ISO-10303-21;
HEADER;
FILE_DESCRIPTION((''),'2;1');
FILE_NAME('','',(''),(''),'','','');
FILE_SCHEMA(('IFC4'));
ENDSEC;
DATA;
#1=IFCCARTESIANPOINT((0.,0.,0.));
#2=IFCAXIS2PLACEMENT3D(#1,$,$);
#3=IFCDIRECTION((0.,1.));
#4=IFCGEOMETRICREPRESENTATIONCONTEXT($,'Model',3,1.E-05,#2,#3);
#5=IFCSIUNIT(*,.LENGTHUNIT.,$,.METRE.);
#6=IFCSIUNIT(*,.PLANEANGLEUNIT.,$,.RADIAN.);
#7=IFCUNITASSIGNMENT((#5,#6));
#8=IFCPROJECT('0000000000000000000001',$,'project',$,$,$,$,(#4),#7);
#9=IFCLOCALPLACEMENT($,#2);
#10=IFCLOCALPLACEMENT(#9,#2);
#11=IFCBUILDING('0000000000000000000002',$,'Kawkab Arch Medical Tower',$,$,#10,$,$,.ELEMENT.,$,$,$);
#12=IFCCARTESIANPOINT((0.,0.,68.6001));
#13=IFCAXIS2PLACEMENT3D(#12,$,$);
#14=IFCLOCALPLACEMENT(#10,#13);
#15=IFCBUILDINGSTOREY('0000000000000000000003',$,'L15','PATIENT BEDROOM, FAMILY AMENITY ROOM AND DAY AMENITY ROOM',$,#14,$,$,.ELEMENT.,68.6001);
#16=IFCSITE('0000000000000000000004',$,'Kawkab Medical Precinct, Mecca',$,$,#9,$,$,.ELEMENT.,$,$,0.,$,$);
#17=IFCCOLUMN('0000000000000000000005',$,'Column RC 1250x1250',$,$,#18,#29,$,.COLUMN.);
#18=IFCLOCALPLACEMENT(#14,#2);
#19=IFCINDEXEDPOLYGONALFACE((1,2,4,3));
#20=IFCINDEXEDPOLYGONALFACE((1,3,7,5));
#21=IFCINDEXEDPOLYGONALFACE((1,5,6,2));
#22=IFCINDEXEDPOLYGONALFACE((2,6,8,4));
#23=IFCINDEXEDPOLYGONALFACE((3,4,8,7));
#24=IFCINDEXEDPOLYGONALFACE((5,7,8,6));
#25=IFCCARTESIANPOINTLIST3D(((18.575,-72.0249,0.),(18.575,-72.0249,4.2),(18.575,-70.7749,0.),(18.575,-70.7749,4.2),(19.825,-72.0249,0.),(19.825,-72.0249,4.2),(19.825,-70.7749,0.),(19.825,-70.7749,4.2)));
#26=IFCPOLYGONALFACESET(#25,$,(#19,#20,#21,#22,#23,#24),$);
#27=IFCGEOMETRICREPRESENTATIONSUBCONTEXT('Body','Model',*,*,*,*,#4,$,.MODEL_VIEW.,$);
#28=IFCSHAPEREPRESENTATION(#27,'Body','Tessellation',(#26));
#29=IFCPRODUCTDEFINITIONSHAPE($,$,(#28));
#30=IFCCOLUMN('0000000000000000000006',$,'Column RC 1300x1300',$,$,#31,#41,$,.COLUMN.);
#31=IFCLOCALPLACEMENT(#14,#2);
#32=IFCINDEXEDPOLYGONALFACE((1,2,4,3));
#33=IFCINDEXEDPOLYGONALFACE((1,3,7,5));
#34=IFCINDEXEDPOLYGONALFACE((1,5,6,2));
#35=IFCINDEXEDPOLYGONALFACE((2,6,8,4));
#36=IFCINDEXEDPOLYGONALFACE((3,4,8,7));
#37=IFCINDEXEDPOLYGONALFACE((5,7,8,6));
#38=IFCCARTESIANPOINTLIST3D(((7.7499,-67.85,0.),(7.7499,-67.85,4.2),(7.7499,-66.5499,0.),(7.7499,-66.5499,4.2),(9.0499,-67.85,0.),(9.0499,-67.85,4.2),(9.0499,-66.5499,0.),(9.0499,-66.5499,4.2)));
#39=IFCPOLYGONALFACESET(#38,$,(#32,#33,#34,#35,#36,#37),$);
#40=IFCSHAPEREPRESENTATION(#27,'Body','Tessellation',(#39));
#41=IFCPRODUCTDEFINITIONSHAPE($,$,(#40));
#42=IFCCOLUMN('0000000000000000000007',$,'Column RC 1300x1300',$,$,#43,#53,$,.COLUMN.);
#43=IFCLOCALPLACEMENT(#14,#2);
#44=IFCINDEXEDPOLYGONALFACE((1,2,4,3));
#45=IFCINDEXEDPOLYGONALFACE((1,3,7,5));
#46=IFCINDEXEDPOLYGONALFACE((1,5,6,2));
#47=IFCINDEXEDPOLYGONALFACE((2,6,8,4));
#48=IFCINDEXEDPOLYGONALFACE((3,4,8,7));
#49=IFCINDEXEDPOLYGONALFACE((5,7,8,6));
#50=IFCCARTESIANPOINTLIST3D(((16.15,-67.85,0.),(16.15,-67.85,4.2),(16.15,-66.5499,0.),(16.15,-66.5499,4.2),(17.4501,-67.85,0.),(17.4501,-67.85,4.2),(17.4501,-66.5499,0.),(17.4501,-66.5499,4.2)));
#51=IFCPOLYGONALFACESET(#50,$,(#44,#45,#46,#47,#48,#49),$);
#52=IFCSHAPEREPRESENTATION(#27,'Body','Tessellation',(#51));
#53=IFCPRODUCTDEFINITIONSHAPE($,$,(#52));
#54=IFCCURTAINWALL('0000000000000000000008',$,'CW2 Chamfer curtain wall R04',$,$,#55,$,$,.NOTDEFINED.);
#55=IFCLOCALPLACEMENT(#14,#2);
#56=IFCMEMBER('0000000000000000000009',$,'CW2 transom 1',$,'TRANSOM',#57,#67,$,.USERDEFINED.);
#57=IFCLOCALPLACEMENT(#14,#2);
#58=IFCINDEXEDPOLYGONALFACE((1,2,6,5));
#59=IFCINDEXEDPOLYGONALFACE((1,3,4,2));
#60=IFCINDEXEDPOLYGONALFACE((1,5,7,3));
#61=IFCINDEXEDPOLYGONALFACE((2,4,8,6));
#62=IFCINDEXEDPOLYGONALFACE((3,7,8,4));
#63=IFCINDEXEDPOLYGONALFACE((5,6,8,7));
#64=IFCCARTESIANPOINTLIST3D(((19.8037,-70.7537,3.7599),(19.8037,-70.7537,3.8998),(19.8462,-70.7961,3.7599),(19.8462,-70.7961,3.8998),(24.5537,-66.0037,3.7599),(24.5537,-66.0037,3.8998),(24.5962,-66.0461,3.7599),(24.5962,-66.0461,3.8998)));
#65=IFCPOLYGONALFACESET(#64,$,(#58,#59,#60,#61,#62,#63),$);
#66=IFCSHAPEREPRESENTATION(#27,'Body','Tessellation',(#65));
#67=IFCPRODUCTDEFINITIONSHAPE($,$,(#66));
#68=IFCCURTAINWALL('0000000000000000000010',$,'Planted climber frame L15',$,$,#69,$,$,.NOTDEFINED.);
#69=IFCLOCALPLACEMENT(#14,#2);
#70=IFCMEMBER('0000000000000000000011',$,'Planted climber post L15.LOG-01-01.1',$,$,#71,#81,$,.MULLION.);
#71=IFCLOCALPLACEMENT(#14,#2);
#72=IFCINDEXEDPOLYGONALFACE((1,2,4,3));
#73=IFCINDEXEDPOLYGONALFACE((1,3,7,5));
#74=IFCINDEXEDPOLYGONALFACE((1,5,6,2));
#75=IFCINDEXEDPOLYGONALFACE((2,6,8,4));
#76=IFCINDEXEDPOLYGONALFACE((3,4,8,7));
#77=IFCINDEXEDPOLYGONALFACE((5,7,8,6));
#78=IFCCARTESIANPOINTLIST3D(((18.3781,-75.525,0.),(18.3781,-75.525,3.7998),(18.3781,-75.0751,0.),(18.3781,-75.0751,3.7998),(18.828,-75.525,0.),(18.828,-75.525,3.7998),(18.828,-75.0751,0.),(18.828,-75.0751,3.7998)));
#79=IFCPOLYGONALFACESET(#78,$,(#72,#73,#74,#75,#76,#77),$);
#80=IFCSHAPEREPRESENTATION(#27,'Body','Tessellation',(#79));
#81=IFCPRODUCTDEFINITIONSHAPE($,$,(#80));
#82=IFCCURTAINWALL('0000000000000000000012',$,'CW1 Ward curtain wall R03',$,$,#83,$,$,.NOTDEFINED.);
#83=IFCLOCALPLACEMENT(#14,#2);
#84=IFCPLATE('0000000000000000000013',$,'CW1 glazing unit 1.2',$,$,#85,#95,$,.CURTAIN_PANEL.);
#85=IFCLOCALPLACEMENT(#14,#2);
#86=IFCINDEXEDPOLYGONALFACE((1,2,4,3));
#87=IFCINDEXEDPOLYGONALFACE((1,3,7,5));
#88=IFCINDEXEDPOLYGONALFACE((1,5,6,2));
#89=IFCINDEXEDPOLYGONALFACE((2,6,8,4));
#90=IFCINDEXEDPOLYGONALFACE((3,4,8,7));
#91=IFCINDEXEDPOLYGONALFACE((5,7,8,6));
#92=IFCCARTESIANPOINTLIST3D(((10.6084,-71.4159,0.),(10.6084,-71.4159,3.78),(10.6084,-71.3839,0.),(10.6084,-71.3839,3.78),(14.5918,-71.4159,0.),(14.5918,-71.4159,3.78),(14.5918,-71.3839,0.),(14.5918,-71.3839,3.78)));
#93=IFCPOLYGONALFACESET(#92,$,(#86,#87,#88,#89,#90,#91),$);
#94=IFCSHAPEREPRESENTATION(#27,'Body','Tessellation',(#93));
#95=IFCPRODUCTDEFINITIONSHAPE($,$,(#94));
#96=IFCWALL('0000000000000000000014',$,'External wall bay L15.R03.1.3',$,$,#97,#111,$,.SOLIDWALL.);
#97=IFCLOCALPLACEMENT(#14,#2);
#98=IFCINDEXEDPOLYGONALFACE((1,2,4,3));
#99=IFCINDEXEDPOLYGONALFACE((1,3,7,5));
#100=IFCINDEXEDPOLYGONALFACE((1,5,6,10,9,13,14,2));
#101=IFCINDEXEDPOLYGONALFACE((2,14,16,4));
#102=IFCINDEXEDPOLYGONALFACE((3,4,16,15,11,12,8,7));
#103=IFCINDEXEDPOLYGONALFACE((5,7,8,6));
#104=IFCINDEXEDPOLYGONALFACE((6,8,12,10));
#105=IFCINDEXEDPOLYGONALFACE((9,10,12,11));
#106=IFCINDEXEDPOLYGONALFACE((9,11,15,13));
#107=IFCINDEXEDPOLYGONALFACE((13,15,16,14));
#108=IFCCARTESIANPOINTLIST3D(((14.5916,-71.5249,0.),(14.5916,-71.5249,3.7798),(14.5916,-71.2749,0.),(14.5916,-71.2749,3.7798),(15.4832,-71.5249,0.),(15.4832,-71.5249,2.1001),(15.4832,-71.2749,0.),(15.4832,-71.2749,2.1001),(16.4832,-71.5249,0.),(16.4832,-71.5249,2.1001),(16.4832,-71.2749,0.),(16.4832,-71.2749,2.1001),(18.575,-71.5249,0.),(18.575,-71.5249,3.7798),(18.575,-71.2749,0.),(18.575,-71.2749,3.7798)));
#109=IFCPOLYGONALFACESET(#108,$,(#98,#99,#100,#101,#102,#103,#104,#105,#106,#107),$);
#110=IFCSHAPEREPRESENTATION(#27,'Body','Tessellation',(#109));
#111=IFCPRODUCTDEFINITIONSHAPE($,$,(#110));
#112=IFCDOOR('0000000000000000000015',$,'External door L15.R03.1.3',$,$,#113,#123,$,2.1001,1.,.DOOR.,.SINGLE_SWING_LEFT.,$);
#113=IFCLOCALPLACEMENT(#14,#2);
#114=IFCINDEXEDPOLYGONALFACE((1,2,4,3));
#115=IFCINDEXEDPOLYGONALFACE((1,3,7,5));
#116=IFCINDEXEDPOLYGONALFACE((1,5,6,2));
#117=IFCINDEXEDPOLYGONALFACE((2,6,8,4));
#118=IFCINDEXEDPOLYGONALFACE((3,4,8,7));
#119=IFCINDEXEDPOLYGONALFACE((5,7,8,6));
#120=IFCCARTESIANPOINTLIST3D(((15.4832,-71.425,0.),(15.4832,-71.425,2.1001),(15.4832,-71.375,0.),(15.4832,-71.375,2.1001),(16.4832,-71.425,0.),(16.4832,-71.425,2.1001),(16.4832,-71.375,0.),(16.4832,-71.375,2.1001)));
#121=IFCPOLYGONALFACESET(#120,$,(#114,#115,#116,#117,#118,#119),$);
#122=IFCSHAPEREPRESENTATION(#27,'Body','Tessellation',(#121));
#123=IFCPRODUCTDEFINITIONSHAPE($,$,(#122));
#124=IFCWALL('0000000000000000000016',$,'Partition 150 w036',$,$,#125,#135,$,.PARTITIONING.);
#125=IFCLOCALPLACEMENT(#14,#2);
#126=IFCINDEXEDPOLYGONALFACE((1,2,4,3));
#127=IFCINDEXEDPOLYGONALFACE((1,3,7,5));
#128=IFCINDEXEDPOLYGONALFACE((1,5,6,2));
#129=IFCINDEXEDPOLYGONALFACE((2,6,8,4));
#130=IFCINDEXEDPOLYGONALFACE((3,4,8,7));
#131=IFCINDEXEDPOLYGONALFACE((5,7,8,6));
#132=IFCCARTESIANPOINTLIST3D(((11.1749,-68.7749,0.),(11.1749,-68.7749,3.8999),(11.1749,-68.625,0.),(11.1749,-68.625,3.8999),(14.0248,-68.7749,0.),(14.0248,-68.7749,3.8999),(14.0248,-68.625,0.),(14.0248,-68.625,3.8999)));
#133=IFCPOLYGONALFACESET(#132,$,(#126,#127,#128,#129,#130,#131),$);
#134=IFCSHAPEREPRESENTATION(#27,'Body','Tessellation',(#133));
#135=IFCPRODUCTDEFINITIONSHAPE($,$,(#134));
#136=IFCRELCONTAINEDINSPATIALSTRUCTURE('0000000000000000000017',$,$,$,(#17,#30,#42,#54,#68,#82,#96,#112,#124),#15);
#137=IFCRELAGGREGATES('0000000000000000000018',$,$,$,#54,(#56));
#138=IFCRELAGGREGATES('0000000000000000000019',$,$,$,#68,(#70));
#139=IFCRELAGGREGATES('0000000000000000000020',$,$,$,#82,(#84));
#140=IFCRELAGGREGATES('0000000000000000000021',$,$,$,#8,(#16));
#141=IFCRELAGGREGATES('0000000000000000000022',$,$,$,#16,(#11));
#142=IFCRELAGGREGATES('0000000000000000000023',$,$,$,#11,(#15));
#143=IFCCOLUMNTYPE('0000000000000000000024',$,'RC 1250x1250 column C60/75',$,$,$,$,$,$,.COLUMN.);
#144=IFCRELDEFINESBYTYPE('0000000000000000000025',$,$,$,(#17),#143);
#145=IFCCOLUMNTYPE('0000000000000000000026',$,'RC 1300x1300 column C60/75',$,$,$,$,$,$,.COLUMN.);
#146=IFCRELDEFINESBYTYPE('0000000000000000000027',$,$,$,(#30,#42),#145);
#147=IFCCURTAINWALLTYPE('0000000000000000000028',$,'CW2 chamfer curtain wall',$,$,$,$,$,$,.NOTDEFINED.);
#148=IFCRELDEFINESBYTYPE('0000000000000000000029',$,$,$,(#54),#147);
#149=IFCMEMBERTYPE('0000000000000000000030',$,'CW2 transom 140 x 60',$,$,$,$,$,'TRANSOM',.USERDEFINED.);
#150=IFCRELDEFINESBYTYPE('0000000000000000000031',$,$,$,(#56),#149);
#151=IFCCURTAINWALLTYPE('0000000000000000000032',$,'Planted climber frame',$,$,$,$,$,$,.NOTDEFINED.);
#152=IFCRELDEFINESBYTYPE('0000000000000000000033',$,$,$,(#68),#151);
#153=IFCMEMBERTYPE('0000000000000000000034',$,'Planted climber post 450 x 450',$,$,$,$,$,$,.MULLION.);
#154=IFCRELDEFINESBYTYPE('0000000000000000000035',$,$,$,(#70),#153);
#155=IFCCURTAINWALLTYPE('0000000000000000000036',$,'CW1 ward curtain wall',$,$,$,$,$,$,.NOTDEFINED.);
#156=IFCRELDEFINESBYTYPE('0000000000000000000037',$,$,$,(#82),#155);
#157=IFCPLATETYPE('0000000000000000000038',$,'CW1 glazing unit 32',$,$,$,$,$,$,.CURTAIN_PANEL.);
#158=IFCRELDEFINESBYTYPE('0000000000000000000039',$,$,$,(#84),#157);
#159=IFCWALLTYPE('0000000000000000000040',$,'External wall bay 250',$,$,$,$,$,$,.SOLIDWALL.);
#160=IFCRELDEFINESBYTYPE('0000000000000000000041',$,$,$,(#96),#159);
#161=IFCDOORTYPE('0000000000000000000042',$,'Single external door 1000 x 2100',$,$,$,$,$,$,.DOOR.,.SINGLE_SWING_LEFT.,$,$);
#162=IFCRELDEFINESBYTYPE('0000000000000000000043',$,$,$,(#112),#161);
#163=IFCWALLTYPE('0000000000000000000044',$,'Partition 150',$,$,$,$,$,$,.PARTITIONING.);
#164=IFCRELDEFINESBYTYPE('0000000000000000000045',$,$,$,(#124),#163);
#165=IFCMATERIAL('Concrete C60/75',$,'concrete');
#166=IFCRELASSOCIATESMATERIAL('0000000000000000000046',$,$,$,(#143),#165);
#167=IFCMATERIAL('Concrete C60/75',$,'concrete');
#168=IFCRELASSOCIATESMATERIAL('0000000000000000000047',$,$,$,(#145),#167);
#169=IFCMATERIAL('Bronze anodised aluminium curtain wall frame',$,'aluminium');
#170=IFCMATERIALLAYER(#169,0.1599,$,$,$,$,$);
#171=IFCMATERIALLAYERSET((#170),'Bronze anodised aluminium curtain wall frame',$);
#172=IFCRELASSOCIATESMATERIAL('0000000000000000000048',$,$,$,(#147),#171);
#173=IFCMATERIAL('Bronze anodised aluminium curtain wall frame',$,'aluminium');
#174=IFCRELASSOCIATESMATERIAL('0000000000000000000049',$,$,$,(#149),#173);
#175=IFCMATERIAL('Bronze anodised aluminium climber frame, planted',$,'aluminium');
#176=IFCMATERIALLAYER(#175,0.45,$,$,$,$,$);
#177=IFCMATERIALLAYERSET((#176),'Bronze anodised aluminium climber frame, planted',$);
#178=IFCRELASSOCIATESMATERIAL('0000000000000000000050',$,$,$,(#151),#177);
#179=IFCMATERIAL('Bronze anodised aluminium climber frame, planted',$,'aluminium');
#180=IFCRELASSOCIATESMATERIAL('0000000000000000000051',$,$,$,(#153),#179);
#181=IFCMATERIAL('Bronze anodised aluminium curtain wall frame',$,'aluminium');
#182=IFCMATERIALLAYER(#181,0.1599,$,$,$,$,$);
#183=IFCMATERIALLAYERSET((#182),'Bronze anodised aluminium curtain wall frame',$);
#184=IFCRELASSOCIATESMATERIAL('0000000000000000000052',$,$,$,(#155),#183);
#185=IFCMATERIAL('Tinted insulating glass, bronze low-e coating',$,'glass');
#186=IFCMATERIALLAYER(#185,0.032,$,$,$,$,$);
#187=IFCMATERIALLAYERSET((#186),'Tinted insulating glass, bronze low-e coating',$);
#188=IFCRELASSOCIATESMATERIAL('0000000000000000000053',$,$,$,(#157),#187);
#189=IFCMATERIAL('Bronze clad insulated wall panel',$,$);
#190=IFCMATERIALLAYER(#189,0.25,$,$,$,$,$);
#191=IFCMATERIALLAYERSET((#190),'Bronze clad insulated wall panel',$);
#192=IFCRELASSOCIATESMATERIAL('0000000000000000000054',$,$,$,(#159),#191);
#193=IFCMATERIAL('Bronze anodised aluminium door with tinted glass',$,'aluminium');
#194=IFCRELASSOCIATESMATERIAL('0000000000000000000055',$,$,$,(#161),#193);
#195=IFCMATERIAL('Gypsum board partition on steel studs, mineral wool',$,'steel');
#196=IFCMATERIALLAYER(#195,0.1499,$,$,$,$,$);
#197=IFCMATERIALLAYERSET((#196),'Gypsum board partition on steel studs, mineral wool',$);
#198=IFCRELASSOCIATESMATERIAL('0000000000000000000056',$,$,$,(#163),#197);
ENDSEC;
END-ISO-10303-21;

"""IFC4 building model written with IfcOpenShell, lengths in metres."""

from ifc_helpers import new_model, si_unit, direction, frame, frame_2d, origin, origin_2d, place, context, subcontext, project, spatial, rectangle, extrude, material, layer, layer_set, material_profile, profile_set, type_object, element, fill, aggregate, save


model = new_model("IFC4")

# Units and contexts
model_context = context("Model", 3, precision=1e-05, world=origin(), true_north=direction((0.0, 1.0)))
body_context = subcontext(model_context, "Body", "Model", "MODEL_VIEW")
ifc_project = project(units=[si_unit("LENGTHUNIT", "METRE"), si_unit("PLANEANGLEUNIT", "RADIAN")], contexts=[model_context])

# Site, building, storey
site_placement = place(None, origin())
site = spatial("IfcSite", under=ifc_project, at=site_placement, Name="Kawkab Medical Precinct, Mecca", CompositionType="ELEMENT", RefElevation=0.0)
building_placement = place(site_placement, origin())
building = spatial("IfcBuilding", under=site, at=building_placement, Name="Kawkab Arch Medical Tower", CompositionType="ELEMENT")
storey_placement = place(building_placement, frame((0.0, 0.0, 68.6001)))
storey = spatial("IfcBuildingStorey", under=building, at=storey_placement, Name="L15", Description="PATIENT BEDROOM, FAMILY AMENITY ROOM AND DAY AMENITY ROOM", CompositionType="ELEMENT", Elevation=68.6001)

# Columns
ifc_material_1 = material(Name="Concrete C60/75", Category="concrete")
ifc_material_profile_1 = material_profile(ifc_material_1, rectangle(XDim=1.25, YDim=1.25, at=origin_2d()), Name="RC 1250x1250")
ifc_profile_set_1 = profile_set([ifc_material_profile_1], Name="Concrete C60/75")
column_type_1 = type_object("IfcColumnType", Name="RC 1250x1250 column C60/75", PredefinedType="COLUMN", material=ifc_profile_set_1)
column_placement = place(storey_placement, frame((19.2, -71.3999, 0.0), z_axis=(0.0, 0.0, 1.0), x_axis=(1.0, 0.0, 0.0)))
element("IfcColumn", 1, at=column_placement, inside=storey, type_object=column_type_1, Name="Column RC 1250x1250", PredefinedType="COLUMN", context=body_context, shape_type="SweptSolid", body=[
    extrude(rectangle(XDim=1.25, YDim=1.25, at=origin_2d()), origin(), (0.0, 0.0, 1.0), 4.2),
])
ifc_material_2 = material(Name="Concrete C60/75", Category="concrete")
ifc_material_profile_2 = material_profile(ifc_material_2, rectangle(XDim=1.3, YDim=1.3, at=origin_2d()), Name="RC 1300x1300")
ifc_profile_set_2 = profile_set([ifc_material_profile_2], Name="Concrete C60/75")
column_type_2 = type_object("IfcColumnType", Name="RC 1300x1300 column C60/75", PredefinedType="COLUMN", material=ifc_profile_set_2)
for number, where, z_axis, x_axis, name in (
    (2, (8.3999, -67.2, 0.0), (0.0, 0.0, 1.0), (1.0, 0.0, 0.0), "Column RC 1300x1300"),
    (3, (16.8, -67.2, 0.0), (0.0, 0.0, 1.0), (1.0, 0.0, 0.0), "Column RC 1300x1300"),
):
    element("IfcColumn", number, at=place(storey_placement, frame(where, z_axis=z_axis, x_axis=x_axis)), inside=storey, type_object=column_type_2, Name=name, PredefinedType="COLUMN", context=body_context, shape_type="SweptSolid", body=[
        extrude(rectangle(XDim=1.3, YDim=1.3, at=origin_2d()), origin(), (0.0, 0.0, 1.0), 4.2),
    ])

# Curtain walls, members
ifc_material_3 = material(Name="Bronze anodised aluminium curtain wall frame", Category="aluminium")
ifc_layer_1 = layer(ifc_material_3, 0.1599)
ifc_layer_set_1 = layer_set([ifc_layer_1], Name="Bronze anodised aluminium curtain wall frame")
curtain_wall_type_1 = type_object("IfcCurtainWallType", Name="CW2 chamfer curtain wall", PredefinedType="NOTDEFINED", material=ifc_layer_set_1)
placement = place(storey_placement, origin())
curtain_wall_1 = element("IfcCurtainWall", 4, at=placement, inside=storey, type_object=curtain_wall_type_1, Name="CW2 Chamfer curtain wall R04", PredefinedType="NOTDEFINED")
ifc_material_4 = material(Name="Bronze anodised aluminium curtain wall frame", Category="aluminium")
ifc_material_profile_3 = material_profile(ifc_material_4, rectangle(XDim=0.0601, YDim=0.1399, at=origin_2d()), Name="AL 60x140")
ifc_profile_set_3 = profile_set([ifc_material_profile_3], Name="Bronze anodised aluminium curtain wall frame")
member_type_1 = type_object("IfcMemberType", Name="CW2 transom 140 x 60", ElementType="TRANSOM", PredefinedType="USERDEFINED", material=ifc_profile_set_3)
member_1_placement = place(storey_placement, frame((19.825, -70.7749, 3.8298), z_axis=(0.707107, 0.707107, 0.0), x_axis=(-0.707107, 0.707107, 0.0)))
member_1 = element("IfcMember", 5, at=member_1_placement, type_object=member_type_1, Name="CW2 transom 1", ObjectType="TRANSOM", PredefinedType="USERDEFINED", context=body_context, shape_type="SweptSolid", body=[
    extrude(rectangle(XDim=0.0601, YDim=0.1399, at=origin_2d()), origin(), (0.0, 0.0, 1.0), 6.7175),
])
aggregate(curtain_wall_1, [member_1])
ifc_material_5 = material(Name="Bronze anodised aluminium climber frame, planted", Category="aluminium")
ifc_layer_2 = layer(ifc_material_5, 0.45)
ifc_layer_set_2 = layer_set([ifc_layer_2], Name="Bronze anodised aluminium climber frame, planted")
curtain_wall_type_2 = type_object("IfcCurtainWallType", Name="Planted climber frame", PredefinedType="NOTDEFINED", material=ifc_layer_set_2)
curtain_wall_2 = element("IfcCurtainWall", 6, at=placement, inside=storey, type_object=curtain_wall_type_2, Name="Planted climber frame L15", PredefinedType="NOTDEFINED")
ifc_material_6 = material(Name="Bronze anodised aluminium climber frame, planted", Category="aluminium")
ifc_material_profile_4 = material_profile(ifc_material_6, rectangle(XDim=0.45, YDim=0.45, at=origin_2d()), Name="Post 450x450")
ifc_profile_set_4 = profile_set([ifc_material_profile_4], Name="Bronze anodised aluminium climber frame, planted")
member_type_2 = type_object("IfcMemberType", Name="Planted climber post 450 x 450", PredefinedType="MULLION", material=ifc_profile_set_4)
member_2_placement = place(storey_placement, frame((18.603, -75.3, 0.0), z_axis=(0.0, 0.0, 1.0), x_axis=(1.0, 0.0, 0.0)))
member_2 = element("IfcMember", 7, at=member_2_placement, type_object=member_type_2, Name="Planted climber post L15.LOG-01-01.1", PredefinedType="MULLION", context=body_context, shape_type="SweptSolid", body=[
    extrude(rectangle(XDim=0.45, YDim=0.45, at=origin_2d()), origin(), (0.0, 0.0, 1.0), 3.7998),
])
aggregate(curtain_wall_2, [member_2])

# Curtain wall, plate
ifc_material_7 = material(Name="Bronze anodised aluminium curtain wall frame", Category="aluminium")
ifc_layer_3 = layer(ifc_material_7, 0.1599)
ifc_layer_set_3 = layer_set([ifc_layer_3], Name="Bronze anodised aluminium curtain wall frame")
curtain_wall_type_3 = type_object("IfcCurtainWallType", Name="CW1 ward curtain wall", PredefinedType="NOTDEFINED", material=ifc_layer_set_3)
curtain_wall_3 = element("IfcCurtainWall", 8, at=placement, inside=storey, type_object=curtain_wall_type_3, Name="CW1 Ward curtain wall R03", PredefinedType="NOTDEFINED")
ifc_material_8 = material(Name="Tinted insulating glass, bronze low-e coating", Category="glass")
ifc_layer_4 = layer(ifc_material_8, 0.032)
ifc_layer_set_4 = layer_set([ifc_layer_4], Name="Tinted insulating glass, bronze low-e coating")
plate_type = type_object("IfcPlateType", Name="CW1 glazing unit 32", PredefinedType="CURTAIN_PANEL", material=ifc_layer_set_4)
plate_placement = place(storey_placement, frame((12.6001, -71.3999, 0.0), z_axis=(0.0, 0.0, 1.0), x_axis=(1.0, 0.0, 0.0)))
plate = element("IfcPlate", 9, at=plate_placement, type_object=plate_type, Name="CW1 glazing unit 1.2", PredefinedType="CURTAIN_PANEL", context=body_context, shape_type="SweptSolid", body=[
    extrude(rectangle(XDim=3.9834, YDim=0.032, at=origin_2d()), origin(), (0.0, 0.0, 1.0), 3.78),
])
aggregate(curtain_wall_3, [plate])

# Wall, opening, door
ifc_material_9 = material(Name="Bronze clad insulated wall panel")
ifc_layer_5 = layer(ifc_material_9, 0.25)
ifc_layer_set_5 = layer_set([ifc_layer_5], Name="Bronze clad insulated wall panel")
wall_type_1 = type_object("IfcWallType", Name="External wall bay 250", PredefinedType="SOLIDWALL", material=ifc_layer_set_5)
wall_1_placement = place(storey_placement, frame((14.5916, -71.3999, 0.0), z_axis=(0.0, 0.0, 1.0), x_axis=(1.0, 0.0, 0.0)))
wall_1 = element("IfcWall", 10, at=wall_1_placement, inside=storey, type_object=wall_type_1, Name="External wall bay L15.R03.1.3", PredefinedType="SOLIDWALL", context=body_context, shape_type="SweptSolid", body=[
    extrude(rectangle(XDim=3.9834, YDim=0.25, at=frame_2d((1.9917, 0.0))), origin(), (0.0, 0.0, 1.0), 3.7798),
])
opening_1_placement = place(wall_1_placement, frame((0.8916, 0.0, 0.0)))
opening_1 = element("IfcOpeningElement", 11, at=opening_1_placement, cuts=wall_1, PredefinedType="OPENING", context=body_context, shape_type="SweptSolid", body=[
    extrude(rectangle(XDim=1.0, YDim=2.1001, at=frame_2d((0.5, 1.05))), frame((0.0, 0.135, 0.0), z_axis=(0.0, -1.0, 0.0), x_axis=(1.0, 0.0, 0.0)), (0.0, 0.0, 1.0), 0.27),
])
ifc_material_10 = material(Name="Bronze anodised aluminium door with tinted glass", Category="aluminium")
door_type_1 = type_object("IfcDoorType", Name="Single external door 1000 x 2100", OperationType="SINGLE_SWING_LEFT", PredefinedType="DOOR", material=ifc_material_10)
door_1_placement = place(opening_1_placement, origin())
door_1 = element("IfcDoor", 12, at=door_1_placement, inside=storey, type_object=door_type_1, Name="External door L15.R03.1.3", OperationType="SINGLE_SWING_LEFT", OverallHeight=2.1001, OverallWidth=1.0, PredefinedType="DOOR", context=body_context, shape_type="SweptSolid", body=[
    extrude(rectangle(XDim=1.0, YDim=2.1001, at=frame_2d((0.5, 1.05))), frame((0.0, 0.0249, 0.0), z_axis=(0.0, -1.0, 0.0), x_axis=(1.0, 0.0, 0.0)), (0.0, 0.0, 1.0), 0.05),
])
fill(opening_1, door_1)

# Wall
ifc_material_11 = material(Name="Gypsum board partition on steel studs, mineral wool", Category="steel")
ifc_layer_6 = layer(ifc_material_11, 0.1499)
ifc_layer_set_6 = layer_set([ifc_layer_6], Name="Gypsum board partition on steel studs, mineral wool")
wall_type_2 = type_object("IfcWallType", Name="Partition 150", PredefinedType="PARTITIONING", material=ifc_layer_set_6)
wall_2_placement = place(storey_placement, frame((11.175, -68.7, 0.0), z_axis=(0.0, 0.0, 1.0), x_axis=(1.0, 0.0, 0.0)))
element("IfcWall", 13, at=wall_2_placement, inside=storey, type_object=wall_type_2, Name="Partition 150 w036", PredefinedType="PARTITIONING", context=body_context, shape_type="SweptSolid", body=[
    extrude(rectangle(XDim=2.8499, YDim=0.1499, at=frame_2d((1.4248, 0.0))), origin(), (0.0, 0.0, 1.0), 3.8999),
])

save(model, "model.ifc")
